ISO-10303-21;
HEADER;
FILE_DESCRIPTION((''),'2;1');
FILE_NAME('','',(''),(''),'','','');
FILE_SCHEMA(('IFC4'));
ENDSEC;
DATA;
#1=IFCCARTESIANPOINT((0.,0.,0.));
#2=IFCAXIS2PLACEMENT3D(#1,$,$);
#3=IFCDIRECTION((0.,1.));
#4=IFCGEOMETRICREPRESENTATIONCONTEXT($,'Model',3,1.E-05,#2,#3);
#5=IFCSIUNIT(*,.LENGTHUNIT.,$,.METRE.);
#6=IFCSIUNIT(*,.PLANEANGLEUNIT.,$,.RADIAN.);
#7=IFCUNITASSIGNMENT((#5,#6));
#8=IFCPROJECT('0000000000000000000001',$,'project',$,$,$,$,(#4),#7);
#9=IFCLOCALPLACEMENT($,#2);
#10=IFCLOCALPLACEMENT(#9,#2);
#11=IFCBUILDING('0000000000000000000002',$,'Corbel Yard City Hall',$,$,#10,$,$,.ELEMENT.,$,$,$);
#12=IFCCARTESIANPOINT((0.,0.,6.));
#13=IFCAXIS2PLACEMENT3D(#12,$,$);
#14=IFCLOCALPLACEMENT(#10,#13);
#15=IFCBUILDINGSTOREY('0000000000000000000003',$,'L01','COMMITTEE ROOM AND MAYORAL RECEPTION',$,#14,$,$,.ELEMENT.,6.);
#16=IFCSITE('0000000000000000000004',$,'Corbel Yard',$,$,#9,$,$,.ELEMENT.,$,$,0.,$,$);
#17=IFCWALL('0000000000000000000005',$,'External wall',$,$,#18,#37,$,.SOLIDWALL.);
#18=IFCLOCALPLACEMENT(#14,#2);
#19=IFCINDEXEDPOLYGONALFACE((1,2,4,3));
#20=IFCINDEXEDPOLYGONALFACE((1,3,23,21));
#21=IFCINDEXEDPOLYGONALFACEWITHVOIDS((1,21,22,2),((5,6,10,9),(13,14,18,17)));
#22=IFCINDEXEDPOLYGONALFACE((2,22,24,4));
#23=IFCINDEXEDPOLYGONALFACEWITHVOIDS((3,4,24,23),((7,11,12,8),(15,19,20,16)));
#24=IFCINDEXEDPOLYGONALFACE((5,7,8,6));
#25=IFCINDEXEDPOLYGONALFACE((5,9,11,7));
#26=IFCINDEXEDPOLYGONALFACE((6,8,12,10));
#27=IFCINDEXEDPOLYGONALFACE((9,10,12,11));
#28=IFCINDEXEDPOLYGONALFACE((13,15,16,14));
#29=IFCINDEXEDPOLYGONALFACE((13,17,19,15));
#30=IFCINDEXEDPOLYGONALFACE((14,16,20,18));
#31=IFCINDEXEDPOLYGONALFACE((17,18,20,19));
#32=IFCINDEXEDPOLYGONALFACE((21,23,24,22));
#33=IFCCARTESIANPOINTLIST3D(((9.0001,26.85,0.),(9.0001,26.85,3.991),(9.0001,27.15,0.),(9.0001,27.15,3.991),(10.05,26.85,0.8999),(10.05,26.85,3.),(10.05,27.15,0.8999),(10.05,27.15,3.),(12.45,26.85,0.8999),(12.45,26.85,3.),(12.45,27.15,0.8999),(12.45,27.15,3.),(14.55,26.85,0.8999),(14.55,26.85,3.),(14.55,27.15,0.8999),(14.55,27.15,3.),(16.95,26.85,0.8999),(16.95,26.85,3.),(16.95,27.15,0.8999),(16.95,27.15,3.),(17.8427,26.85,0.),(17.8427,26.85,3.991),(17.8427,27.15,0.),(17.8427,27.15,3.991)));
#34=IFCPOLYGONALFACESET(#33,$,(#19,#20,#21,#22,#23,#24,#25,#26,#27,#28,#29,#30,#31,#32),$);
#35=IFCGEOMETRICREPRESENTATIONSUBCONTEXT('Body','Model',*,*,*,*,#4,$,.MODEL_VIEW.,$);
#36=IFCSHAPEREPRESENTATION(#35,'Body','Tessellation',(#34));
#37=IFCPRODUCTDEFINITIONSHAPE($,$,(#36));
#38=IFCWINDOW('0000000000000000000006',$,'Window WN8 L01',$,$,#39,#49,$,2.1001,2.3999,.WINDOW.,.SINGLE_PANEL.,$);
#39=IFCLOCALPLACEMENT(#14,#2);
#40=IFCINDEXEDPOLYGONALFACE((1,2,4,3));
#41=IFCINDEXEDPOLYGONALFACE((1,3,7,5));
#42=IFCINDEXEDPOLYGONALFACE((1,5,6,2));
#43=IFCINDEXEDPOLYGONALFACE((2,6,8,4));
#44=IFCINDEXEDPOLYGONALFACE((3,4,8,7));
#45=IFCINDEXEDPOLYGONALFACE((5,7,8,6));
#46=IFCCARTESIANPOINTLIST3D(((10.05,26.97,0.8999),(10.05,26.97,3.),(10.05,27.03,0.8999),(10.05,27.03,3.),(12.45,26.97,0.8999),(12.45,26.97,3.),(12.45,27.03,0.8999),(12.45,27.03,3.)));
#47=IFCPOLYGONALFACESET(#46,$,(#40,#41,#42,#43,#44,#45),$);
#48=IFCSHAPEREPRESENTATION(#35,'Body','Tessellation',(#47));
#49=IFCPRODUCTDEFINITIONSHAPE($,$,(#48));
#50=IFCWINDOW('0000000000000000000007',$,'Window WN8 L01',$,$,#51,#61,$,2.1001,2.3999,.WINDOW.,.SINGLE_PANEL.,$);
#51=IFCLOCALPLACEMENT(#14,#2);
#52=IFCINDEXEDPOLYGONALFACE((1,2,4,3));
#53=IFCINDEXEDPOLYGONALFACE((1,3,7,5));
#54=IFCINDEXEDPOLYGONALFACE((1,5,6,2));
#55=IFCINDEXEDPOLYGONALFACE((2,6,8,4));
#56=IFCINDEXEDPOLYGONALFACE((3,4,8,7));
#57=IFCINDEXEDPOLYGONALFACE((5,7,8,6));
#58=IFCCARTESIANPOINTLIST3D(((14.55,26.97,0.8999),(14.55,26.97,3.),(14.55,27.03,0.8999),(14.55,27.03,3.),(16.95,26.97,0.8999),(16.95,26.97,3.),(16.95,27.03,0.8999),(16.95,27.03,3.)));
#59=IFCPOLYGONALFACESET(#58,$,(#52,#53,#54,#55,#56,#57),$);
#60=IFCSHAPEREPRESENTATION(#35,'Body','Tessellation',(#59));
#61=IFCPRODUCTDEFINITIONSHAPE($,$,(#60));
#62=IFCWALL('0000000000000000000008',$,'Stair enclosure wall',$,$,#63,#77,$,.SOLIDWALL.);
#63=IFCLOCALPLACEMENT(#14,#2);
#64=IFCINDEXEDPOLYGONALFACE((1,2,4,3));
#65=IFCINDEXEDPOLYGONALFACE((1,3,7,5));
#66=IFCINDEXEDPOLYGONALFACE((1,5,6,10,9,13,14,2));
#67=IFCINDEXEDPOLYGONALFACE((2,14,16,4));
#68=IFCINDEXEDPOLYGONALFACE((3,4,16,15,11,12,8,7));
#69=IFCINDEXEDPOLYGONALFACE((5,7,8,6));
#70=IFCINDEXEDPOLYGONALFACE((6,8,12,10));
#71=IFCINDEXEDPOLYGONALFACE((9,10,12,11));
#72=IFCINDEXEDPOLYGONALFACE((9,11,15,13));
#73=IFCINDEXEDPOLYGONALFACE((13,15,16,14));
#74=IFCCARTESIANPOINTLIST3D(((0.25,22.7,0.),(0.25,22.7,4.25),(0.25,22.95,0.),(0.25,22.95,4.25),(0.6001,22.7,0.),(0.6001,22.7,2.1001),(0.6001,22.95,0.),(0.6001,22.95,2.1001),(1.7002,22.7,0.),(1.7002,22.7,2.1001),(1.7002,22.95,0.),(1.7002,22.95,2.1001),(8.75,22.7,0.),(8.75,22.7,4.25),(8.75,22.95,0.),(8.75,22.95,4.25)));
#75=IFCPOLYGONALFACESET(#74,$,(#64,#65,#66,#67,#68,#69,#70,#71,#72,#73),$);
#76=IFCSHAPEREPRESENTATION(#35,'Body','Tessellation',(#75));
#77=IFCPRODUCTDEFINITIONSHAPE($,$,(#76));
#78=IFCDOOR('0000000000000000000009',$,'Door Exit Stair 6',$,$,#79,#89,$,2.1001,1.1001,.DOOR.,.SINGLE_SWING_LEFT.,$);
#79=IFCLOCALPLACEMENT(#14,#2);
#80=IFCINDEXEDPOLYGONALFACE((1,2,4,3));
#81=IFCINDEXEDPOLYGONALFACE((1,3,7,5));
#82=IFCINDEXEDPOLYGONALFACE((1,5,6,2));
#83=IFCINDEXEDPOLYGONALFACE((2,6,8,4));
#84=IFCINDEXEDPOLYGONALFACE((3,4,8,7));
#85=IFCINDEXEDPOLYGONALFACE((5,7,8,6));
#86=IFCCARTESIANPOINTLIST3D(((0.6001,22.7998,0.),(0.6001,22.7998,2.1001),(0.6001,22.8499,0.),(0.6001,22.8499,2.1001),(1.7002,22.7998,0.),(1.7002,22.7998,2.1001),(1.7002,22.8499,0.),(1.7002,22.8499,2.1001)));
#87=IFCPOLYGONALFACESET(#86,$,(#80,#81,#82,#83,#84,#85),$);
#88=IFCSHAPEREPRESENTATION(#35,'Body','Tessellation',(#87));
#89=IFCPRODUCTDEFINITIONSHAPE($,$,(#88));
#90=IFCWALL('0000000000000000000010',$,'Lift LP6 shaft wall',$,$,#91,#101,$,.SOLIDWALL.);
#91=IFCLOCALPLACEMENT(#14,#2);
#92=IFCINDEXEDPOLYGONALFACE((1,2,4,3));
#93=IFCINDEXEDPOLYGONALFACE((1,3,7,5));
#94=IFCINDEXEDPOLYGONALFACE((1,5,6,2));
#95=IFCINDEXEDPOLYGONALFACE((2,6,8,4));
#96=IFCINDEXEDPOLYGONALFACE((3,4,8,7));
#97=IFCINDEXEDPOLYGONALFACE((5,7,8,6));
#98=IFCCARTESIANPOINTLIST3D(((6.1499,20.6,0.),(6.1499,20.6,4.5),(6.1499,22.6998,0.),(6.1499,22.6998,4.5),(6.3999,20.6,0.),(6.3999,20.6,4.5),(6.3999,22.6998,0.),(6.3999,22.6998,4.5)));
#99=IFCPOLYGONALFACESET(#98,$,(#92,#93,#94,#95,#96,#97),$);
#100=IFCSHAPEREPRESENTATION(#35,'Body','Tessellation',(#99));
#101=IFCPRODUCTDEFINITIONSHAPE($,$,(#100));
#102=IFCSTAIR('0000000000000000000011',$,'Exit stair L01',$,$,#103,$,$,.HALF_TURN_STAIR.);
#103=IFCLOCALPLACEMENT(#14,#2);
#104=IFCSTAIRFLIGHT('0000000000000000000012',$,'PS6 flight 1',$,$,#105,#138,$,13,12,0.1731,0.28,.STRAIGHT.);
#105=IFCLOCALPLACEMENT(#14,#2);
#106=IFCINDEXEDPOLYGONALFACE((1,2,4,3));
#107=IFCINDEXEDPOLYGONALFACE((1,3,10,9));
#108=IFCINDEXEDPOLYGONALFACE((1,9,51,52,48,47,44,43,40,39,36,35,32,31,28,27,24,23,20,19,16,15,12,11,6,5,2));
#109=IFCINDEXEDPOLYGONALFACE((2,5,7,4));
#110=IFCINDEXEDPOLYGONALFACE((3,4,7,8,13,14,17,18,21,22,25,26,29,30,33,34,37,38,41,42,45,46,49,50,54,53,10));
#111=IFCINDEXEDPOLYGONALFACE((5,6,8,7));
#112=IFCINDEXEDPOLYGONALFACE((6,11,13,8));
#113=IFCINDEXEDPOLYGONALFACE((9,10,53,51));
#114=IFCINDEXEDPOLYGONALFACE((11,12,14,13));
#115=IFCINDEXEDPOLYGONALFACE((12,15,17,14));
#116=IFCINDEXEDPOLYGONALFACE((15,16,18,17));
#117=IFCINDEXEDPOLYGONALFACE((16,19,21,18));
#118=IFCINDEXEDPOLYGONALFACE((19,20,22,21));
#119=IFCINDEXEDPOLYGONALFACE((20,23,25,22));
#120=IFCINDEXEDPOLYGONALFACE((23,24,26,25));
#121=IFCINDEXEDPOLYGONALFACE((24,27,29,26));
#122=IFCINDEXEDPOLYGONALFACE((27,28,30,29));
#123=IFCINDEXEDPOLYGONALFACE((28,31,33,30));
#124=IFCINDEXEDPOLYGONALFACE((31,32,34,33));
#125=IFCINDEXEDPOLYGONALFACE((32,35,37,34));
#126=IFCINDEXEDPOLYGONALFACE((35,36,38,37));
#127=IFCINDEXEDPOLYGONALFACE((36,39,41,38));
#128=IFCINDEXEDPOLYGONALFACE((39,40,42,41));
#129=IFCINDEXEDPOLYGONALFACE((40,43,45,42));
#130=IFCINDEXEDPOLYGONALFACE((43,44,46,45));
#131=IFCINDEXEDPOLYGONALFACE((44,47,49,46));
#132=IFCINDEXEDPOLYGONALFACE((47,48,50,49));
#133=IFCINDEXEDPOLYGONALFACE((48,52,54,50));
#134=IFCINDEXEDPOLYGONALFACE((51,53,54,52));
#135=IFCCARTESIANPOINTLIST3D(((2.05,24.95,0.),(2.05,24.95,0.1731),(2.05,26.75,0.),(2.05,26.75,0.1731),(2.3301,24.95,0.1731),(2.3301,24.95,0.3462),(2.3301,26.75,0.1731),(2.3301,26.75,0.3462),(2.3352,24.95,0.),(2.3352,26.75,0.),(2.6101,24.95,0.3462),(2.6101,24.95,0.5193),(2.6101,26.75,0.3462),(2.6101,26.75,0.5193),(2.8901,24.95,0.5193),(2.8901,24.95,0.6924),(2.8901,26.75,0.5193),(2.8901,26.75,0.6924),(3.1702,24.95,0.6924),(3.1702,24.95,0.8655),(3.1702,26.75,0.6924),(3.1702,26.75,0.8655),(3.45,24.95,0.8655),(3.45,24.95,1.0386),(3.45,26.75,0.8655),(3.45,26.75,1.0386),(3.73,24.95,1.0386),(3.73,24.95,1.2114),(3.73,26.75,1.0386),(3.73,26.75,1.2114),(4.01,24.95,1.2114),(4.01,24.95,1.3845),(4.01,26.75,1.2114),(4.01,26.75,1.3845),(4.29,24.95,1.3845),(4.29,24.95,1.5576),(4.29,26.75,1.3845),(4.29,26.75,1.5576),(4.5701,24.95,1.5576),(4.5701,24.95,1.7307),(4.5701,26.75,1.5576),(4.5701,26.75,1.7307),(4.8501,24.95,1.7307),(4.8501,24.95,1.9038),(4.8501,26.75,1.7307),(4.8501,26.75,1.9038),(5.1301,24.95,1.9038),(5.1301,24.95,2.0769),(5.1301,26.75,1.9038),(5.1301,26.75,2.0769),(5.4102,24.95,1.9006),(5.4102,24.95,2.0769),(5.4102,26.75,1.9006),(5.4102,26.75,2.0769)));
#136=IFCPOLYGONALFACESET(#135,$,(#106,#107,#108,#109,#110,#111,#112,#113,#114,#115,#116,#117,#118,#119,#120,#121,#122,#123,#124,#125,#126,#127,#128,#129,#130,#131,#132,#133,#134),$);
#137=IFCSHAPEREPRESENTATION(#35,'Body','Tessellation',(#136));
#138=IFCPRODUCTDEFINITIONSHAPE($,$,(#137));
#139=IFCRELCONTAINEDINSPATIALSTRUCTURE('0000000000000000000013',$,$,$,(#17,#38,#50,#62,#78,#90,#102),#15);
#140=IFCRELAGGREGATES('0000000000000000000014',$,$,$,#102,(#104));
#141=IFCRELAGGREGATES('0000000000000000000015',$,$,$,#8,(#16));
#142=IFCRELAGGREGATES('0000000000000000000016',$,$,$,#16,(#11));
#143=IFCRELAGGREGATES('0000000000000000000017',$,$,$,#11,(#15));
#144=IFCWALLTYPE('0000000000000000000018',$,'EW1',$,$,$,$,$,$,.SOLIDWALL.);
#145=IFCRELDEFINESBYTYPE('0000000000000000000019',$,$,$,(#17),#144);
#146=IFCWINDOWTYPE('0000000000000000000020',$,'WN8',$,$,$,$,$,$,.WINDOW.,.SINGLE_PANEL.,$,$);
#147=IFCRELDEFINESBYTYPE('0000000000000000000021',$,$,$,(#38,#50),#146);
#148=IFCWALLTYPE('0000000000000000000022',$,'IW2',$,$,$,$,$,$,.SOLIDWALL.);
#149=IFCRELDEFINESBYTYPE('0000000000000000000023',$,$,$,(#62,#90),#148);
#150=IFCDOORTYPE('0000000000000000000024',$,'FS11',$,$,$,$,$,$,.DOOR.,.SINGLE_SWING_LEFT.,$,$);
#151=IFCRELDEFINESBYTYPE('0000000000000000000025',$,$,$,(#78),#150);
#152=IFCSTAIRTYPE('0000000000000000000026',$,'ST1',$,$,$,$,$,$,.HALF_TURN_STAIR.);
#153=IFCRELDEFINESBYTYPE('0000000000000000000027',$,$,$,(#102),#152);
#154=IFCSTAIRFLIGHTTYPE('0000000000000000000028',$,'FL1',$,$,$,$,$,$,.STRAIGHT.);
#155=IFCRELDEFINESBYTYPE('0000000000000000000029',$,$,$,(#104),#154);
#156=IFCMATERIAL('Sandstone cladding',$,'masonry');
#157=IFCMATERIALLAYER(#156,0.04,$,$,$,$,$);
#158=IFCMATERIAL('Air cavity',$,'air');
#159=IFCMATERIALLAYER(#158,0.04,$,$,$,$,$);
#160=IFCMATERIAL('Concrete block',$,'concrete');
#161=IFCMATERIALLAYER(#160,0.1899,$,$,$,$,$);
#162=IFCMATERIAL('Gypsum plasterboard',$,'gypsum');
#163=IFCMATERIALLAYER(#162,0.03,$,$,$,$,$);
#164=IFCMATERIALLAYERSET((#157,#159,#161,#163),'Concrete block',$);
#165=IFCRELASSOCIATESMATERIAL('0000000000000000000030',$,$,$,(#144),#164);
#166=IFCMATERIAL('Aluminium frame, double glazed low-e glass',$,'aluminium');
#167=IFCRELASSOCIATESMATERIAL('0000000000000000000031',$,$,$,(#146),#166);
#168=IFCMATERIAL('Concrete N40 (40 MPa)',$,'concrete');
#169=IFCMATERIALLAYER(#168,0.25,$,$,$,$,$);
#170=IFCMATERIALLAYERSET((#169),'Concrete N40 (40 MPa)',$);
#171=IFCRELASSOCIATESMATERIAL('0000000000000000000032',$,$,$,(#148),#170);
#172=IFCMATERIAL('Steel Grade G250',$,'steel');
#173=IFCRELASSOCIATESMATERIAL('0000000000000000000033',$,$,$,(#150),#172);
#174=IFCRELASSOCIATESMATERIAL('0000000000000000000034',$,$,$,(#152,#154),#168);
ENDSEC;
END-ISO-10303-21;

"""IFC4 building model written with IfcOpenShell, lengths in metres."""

from ifc_helpers import new_model, si_unit, direction, frame, frame_2d, origin, place, context, subcontext, project, spatial, polyline, rectangle, outline, extrude, material, layer, layer_set, type_object, element, fill, aggregate, save


model = new_model("IFC4")

# Units and contexts
model_context = context("Model", 3, precision=1e-05, world=origin(), true_north=direction((0.0, 1.0)))
body_context = subcontext(model_context, "Body", "Model", "MODEL_VIEW")
ifc_project = project(units=[si_unit("LENGTHUNIT", "METRE"), si_unit("PLANEANGLEUNIT", "RADIAN")], contexts=[model_context])

# Site, building, storey
site_placement = place(None, origin())
site = spatial("IfcSite", under=ifc_project, at=site_placement, Name="Corbel Yard", CompositionType="ELEMENT", RefElevation=0.0)
building_placement = place(site_placement, origin())
building = spatial("IfcBuilding", under=site, at=building_placement, Name="Corbel Yard City Hall", CompositionType="ELEMENT")
storey_placement = place(building_placement, frame((0.0, 0.0, 6.0)))
storey = spatial("IfcBuildingStorey", under=building, at=storey_placement, Name="L01", Description="COMMITTEE ROOM AND MAYORAL RECEPTION", CompositionType="ELEMENT", Elevation=6.0)

# Wall, openings, windows
ifc_material_1 = material(Name="Sandstone cladding", Category="masonry")
ifc_layer_1 = layer(ifc_material_1, 0.04)
ifc_material_2 = material(Name="Air cavity", Category="air")
ifc_layer_2 = layer(ifc_material_2, 0.04)
ifc_material_3 = material(Name="Concrete block", Category="concrete")
ifc_layer_3 = layer(ifc_material_3, 0.1899)
ifc_material_4 = material(Name="Gypsum plasterboard", Category="gypsum")
ifc_layer_4 = layer(ifc_material_4, 0.03)
ifc_layer_set_1 = layer_set([ifc_layer_1, ifc_layer_2, ifc_layer_3, ifc_layer_4], Name="Concrete block")
wall_type_1 = type_object("IfcWallType", Name="EW1", PredefinedType="SOLIDWALL", material=ifc_layer_set_1)
wall_1_placement = place(storey_placement, frame((9.0, 27.0, 0.0), z_axis=(0.0, 0.0, 1.0), x_axis=(1.0, 0.0, 0.0)))
wall_1 = element("IfcWall", 1, at=wall_1_placement, inside=storey, type_object=wall_type_1, Name="External wall", PredefinedType="SOLIDWALL", context=body_context, shape_type="SweptSolid", body=[
    extrude(rectangle(XDim=8.8425, YDim=0.3, at=frame_2d((4.4214, 0.0))), origin(), (0.0, 0.0, 1.0), 3.991),
])
opening_1_placement = place(wall_1_placement, frame((1.05, 0.0, 0.8999)))
opening_1 = element("IfcOpeningElement", 2, at=opening_1_placement, cuts=wall_1, PredefinedType="OPENING", context=body_context, shape_type="SweptSolid", body=[
    extrude(rectangle(XDim=2.3999, YDim=2.1001, at=frame_2d((1.2, 1.05))), frame((0.0, 0.1599, 0.0), z_axis=(0.0, -1.0, 0.0), x_axis=(1.0, 0.0, 0.0)), (0.0, 0.0, 1.0), 0.3201),
])
opening_2_placement = place(wall_1_placement, frame((5.55, 0.0, 0.8999)))
opening_2 = element("IfcOpeningElement", 3, at=opening_2_placement, cuts=wall_1, PredefinedType="OPENING", context=body_context, shape_type="SweptSolid", body=[
    extrude(rectangle(XDim=2.3999, YDim=2.1001, at=frame_2d((1.2, 1.05))), frame((0.0, 0.1599, 0.0), z_axis=(0.0, -1.0, 0.0), x_axis=(1.0, 0.0, 0.0)), (0.0, 0.0, 1.0), 0.3201),
])
ifc_material_5 = material(Name="Aluminium frame, double glazed low-e glass", Category="aluminium")
window_type = type_object("IfcWindowType", Name="WN8", PartitioningType="SINGLE_PANEL", PredefinedType="WINDOW", material=ifc_material_5)
window_1_placement = place(opening_1_placement, origin())
window_1 = element("IfcWindow", 4, at=window_1_placement, inside=storey, type_object=window_type, Name="Window WN8 L01", OverallHeight=2.1001, OverallWidth=2.3999, PartitioningType="SINGLE_PANEL", PredefinedType="WINDOW", context=body_context, shape_type="SweptSolid", body=[
    extrude(rectangle(XDim=2.3999, YDim=2.1001, at=frame_2d((1.2, 1.05))), frame((0.0, 0.03, 0.0), z_axis=(0.0, -1.0, 0.0), x_axis=(1.0, 0.0, 0.0)), (0.0, 0.0, 1.0), 0.0601),
])
fill(opening_1, window_1)
window_2_placement = place(opening_2_placement, origin())
window_2 = element("IfcWindow", 5, at=window_2_placement, inside=storey, type_object=window_type, Name="Window WN8 L01", OverallHeight=2.1001, OverallWidth=2.3999, PartitioningType="SINGLE_PANEL", PredefinedType="WINDOW", context=body_context, shape_type="SweptSolid", body=[
    extrude(rectangle(XDim=2.3999, YDim=2.1001, at=frame_2d((1.2, 1.05))), frame((0.0, 0.03, 0.0), z_axis=(0.0, -1.0, 0.0), x_axis=(1.0, 0.0, 0.0)), (0.0, 0.0, 1.0), 0.0601),
])
fill(opening_2, window_2)

# Wall, opening, door
ifc_material_6 = material(Name="Concrete N40 (40 MPa)", Category="concrete")
ifc_layer_5 = layer(ifc_material_6, 0.25)
ifc_layer_set_2 = layer_set([ifc_layer_5], Name="Concrete N40 (40 MPa)")
wall_type_2 = type_object("IfcWallType", Name="IW2", PredefinedType="SOLIDWALL", material=ifc_layer_set_2)
wall_2_placement = place(storey_placement, frame((0.25, 22.825, 0.0), z_axis=(0.0, 0.0, 1.0), x_axis=(1.0, 0.0, 0.0)))
wall_2 = element("IfcWall", 6, at=wall_2_placement, inside=storey, type_object=wall_type_2, Name="Stair enclosure wall", PredefinedType="SOLIDWALL", context=body_context, shape_type="SweptSolid", body=[
    extrude(rectangle(XDim=8.5, YDim=0.25, at=frame_2d((4.25, 0.0))), origin(), (0.0, 0.0, 1.0), 4.25),
])
opening_3_placement = place(wall_2_placement, frame((0.3501, 0.0, 0.0)))
opening_3 = element("IfcOpeningElement", 7, at=opening_3_placement, cuts=wall_2, PredefinedType="OPENING", context=body_context, shape_type="SweptSolid", body=[
    extrude(rectangle(XDim=1.1001, YDim=2.1001, at=frame_2d((0.55, 1.05))), frame((0.0, 0.135, 0.0), z_axis=(0.0, -1.0, 0.0), x_axis=(1.0, 0.0, 0.0)), (0.0, 0.0, 1.0), 0.27),
])
ifc_material_7 = material(Name="Steel Grade G250", Category="steel")
door_type = type_object("IfcDoorType", Name="FS11", OperationType="SINGLE_SWING_LEFT", PredefinedType="DOOR", material=ifc_material_7)
door_placement = place(opening_3_placement, origin())
door = element("IfcDoor", 8, at=door_placement, inside=storey, type_object=door_type, Name="Door Exit Stair 6", OperationType="SINGLE_SWING_LEFT", OverallHeight=2.1001, OverallWidth=1.1001, PredefinedType="DOOR", context=body_context, shape_type="SweptSolid", body=[
    extrude(rectangle(XDim=1.1001, YDim=2.1001, at=frame_2d((0.55, 1.05))), frame((0.0, 0.0249, 0.0), z_axis=(0.0, -1.0, 0.0), x_axis=(1.0, 0.0, 0.0)), (0.0, 0.0, 1.0), 0.05),
])
fill(opening_3, door)

# Wall
wall_3_placement = place(storey_placement, frame((6.2749, 20.6001, 0.0), z_axis=(0.0, 0.0, 1.0), x_axis=(0.0, 1.0, 0.0)))
element("IfcWall", 9, at=wall_3_placement, inside=storey, type_object=wall_type_2, Name="Lift LP6 shaft wall", PredefinedType="SOLIDWALL", context=body_context, shape_type="SweptSolid", body=[
    extrude(rectangle(XDim=2.0999, YDim=0.25, at=frame_2d((1.0498, 0.0))), origin(), (0.0, 0.0, 1.0), 4.5),
])

# Stair, stair flight
stair_type = type_object("IfcStairType", Name="ST1", PredefinedType="HALF_TURN_STAIR", material=ifc_material_6)
stair_placement = place(storey_placement, origin())
stair = element("IfcStair", 10, at=stair_placement, inside=storey, type_object=stair_type, Name="Exit stair L01", PredefinedType="HALF_TURN_STAIR")
stair_flight_type = type_object("IfcStairFlightType", Name="FL1", PredefinedType="STRAIGHT", material=ifc_material_6)
stair_flight_1_placement = place(storey_placement, frame((2.05, 25.8501, 0.0), z_axis=(0.0, 0.0, 1.0), x_axis=(1.0, 0.0, 0.0)))
stair_flight_1 = element("IfcStairFlight", 11, at=stair_flight_1_placement, type_object=stair_flight_type, Name="PS6 flight 1", NumberOfRisers=13, NumberOfTreads=12, PredefinedType="STRAIGHT", RiserHeight=0.1731, TreadLength=0.28, context=body_context, shape_type="SweptSolid", body=[
    extrude(outline(polyline([(0.0, 0.0), (0.0, 0.1731), (0.28, 0.1731), (0.28, 0.3462), (0.5601, 0.3462), (0.5601, 0.5193), (0.8401, 0.5193), (0.8401, 0.6924), (1.1201, 0.6924), (1.1201, 0.8655), (1.3999, 0.8655), (1.3999, 1.0386), (1.6799, 1.0386), (1.6799, 1.2114), (1.96, 1.2114), (1.96, 1.3845), (2.24, 1.3845), (2.24, 1.5576), (2.52, 1.5576), (2.52, 1.7307), (2.8, 1.7307), (2.8, 1.9038), (3.0801, 1.9038), (3.0801, 2.0769), (3.3601, 2.0769), (3.3601, 2.25), (3.3601, 1.9006), (0.2852, 0.0), (0.0, 0.0)])), frame((0.0, 0.8999, 0.0), z_axis=(0.0, -1.0, 0.0), x_axis=(1.0, 0.0, 0.0)), (0.0, 0.0, 1.0), 1.8),
])
aggregate(stair, [stair_flight_1])

save(model, "model.ifc")
